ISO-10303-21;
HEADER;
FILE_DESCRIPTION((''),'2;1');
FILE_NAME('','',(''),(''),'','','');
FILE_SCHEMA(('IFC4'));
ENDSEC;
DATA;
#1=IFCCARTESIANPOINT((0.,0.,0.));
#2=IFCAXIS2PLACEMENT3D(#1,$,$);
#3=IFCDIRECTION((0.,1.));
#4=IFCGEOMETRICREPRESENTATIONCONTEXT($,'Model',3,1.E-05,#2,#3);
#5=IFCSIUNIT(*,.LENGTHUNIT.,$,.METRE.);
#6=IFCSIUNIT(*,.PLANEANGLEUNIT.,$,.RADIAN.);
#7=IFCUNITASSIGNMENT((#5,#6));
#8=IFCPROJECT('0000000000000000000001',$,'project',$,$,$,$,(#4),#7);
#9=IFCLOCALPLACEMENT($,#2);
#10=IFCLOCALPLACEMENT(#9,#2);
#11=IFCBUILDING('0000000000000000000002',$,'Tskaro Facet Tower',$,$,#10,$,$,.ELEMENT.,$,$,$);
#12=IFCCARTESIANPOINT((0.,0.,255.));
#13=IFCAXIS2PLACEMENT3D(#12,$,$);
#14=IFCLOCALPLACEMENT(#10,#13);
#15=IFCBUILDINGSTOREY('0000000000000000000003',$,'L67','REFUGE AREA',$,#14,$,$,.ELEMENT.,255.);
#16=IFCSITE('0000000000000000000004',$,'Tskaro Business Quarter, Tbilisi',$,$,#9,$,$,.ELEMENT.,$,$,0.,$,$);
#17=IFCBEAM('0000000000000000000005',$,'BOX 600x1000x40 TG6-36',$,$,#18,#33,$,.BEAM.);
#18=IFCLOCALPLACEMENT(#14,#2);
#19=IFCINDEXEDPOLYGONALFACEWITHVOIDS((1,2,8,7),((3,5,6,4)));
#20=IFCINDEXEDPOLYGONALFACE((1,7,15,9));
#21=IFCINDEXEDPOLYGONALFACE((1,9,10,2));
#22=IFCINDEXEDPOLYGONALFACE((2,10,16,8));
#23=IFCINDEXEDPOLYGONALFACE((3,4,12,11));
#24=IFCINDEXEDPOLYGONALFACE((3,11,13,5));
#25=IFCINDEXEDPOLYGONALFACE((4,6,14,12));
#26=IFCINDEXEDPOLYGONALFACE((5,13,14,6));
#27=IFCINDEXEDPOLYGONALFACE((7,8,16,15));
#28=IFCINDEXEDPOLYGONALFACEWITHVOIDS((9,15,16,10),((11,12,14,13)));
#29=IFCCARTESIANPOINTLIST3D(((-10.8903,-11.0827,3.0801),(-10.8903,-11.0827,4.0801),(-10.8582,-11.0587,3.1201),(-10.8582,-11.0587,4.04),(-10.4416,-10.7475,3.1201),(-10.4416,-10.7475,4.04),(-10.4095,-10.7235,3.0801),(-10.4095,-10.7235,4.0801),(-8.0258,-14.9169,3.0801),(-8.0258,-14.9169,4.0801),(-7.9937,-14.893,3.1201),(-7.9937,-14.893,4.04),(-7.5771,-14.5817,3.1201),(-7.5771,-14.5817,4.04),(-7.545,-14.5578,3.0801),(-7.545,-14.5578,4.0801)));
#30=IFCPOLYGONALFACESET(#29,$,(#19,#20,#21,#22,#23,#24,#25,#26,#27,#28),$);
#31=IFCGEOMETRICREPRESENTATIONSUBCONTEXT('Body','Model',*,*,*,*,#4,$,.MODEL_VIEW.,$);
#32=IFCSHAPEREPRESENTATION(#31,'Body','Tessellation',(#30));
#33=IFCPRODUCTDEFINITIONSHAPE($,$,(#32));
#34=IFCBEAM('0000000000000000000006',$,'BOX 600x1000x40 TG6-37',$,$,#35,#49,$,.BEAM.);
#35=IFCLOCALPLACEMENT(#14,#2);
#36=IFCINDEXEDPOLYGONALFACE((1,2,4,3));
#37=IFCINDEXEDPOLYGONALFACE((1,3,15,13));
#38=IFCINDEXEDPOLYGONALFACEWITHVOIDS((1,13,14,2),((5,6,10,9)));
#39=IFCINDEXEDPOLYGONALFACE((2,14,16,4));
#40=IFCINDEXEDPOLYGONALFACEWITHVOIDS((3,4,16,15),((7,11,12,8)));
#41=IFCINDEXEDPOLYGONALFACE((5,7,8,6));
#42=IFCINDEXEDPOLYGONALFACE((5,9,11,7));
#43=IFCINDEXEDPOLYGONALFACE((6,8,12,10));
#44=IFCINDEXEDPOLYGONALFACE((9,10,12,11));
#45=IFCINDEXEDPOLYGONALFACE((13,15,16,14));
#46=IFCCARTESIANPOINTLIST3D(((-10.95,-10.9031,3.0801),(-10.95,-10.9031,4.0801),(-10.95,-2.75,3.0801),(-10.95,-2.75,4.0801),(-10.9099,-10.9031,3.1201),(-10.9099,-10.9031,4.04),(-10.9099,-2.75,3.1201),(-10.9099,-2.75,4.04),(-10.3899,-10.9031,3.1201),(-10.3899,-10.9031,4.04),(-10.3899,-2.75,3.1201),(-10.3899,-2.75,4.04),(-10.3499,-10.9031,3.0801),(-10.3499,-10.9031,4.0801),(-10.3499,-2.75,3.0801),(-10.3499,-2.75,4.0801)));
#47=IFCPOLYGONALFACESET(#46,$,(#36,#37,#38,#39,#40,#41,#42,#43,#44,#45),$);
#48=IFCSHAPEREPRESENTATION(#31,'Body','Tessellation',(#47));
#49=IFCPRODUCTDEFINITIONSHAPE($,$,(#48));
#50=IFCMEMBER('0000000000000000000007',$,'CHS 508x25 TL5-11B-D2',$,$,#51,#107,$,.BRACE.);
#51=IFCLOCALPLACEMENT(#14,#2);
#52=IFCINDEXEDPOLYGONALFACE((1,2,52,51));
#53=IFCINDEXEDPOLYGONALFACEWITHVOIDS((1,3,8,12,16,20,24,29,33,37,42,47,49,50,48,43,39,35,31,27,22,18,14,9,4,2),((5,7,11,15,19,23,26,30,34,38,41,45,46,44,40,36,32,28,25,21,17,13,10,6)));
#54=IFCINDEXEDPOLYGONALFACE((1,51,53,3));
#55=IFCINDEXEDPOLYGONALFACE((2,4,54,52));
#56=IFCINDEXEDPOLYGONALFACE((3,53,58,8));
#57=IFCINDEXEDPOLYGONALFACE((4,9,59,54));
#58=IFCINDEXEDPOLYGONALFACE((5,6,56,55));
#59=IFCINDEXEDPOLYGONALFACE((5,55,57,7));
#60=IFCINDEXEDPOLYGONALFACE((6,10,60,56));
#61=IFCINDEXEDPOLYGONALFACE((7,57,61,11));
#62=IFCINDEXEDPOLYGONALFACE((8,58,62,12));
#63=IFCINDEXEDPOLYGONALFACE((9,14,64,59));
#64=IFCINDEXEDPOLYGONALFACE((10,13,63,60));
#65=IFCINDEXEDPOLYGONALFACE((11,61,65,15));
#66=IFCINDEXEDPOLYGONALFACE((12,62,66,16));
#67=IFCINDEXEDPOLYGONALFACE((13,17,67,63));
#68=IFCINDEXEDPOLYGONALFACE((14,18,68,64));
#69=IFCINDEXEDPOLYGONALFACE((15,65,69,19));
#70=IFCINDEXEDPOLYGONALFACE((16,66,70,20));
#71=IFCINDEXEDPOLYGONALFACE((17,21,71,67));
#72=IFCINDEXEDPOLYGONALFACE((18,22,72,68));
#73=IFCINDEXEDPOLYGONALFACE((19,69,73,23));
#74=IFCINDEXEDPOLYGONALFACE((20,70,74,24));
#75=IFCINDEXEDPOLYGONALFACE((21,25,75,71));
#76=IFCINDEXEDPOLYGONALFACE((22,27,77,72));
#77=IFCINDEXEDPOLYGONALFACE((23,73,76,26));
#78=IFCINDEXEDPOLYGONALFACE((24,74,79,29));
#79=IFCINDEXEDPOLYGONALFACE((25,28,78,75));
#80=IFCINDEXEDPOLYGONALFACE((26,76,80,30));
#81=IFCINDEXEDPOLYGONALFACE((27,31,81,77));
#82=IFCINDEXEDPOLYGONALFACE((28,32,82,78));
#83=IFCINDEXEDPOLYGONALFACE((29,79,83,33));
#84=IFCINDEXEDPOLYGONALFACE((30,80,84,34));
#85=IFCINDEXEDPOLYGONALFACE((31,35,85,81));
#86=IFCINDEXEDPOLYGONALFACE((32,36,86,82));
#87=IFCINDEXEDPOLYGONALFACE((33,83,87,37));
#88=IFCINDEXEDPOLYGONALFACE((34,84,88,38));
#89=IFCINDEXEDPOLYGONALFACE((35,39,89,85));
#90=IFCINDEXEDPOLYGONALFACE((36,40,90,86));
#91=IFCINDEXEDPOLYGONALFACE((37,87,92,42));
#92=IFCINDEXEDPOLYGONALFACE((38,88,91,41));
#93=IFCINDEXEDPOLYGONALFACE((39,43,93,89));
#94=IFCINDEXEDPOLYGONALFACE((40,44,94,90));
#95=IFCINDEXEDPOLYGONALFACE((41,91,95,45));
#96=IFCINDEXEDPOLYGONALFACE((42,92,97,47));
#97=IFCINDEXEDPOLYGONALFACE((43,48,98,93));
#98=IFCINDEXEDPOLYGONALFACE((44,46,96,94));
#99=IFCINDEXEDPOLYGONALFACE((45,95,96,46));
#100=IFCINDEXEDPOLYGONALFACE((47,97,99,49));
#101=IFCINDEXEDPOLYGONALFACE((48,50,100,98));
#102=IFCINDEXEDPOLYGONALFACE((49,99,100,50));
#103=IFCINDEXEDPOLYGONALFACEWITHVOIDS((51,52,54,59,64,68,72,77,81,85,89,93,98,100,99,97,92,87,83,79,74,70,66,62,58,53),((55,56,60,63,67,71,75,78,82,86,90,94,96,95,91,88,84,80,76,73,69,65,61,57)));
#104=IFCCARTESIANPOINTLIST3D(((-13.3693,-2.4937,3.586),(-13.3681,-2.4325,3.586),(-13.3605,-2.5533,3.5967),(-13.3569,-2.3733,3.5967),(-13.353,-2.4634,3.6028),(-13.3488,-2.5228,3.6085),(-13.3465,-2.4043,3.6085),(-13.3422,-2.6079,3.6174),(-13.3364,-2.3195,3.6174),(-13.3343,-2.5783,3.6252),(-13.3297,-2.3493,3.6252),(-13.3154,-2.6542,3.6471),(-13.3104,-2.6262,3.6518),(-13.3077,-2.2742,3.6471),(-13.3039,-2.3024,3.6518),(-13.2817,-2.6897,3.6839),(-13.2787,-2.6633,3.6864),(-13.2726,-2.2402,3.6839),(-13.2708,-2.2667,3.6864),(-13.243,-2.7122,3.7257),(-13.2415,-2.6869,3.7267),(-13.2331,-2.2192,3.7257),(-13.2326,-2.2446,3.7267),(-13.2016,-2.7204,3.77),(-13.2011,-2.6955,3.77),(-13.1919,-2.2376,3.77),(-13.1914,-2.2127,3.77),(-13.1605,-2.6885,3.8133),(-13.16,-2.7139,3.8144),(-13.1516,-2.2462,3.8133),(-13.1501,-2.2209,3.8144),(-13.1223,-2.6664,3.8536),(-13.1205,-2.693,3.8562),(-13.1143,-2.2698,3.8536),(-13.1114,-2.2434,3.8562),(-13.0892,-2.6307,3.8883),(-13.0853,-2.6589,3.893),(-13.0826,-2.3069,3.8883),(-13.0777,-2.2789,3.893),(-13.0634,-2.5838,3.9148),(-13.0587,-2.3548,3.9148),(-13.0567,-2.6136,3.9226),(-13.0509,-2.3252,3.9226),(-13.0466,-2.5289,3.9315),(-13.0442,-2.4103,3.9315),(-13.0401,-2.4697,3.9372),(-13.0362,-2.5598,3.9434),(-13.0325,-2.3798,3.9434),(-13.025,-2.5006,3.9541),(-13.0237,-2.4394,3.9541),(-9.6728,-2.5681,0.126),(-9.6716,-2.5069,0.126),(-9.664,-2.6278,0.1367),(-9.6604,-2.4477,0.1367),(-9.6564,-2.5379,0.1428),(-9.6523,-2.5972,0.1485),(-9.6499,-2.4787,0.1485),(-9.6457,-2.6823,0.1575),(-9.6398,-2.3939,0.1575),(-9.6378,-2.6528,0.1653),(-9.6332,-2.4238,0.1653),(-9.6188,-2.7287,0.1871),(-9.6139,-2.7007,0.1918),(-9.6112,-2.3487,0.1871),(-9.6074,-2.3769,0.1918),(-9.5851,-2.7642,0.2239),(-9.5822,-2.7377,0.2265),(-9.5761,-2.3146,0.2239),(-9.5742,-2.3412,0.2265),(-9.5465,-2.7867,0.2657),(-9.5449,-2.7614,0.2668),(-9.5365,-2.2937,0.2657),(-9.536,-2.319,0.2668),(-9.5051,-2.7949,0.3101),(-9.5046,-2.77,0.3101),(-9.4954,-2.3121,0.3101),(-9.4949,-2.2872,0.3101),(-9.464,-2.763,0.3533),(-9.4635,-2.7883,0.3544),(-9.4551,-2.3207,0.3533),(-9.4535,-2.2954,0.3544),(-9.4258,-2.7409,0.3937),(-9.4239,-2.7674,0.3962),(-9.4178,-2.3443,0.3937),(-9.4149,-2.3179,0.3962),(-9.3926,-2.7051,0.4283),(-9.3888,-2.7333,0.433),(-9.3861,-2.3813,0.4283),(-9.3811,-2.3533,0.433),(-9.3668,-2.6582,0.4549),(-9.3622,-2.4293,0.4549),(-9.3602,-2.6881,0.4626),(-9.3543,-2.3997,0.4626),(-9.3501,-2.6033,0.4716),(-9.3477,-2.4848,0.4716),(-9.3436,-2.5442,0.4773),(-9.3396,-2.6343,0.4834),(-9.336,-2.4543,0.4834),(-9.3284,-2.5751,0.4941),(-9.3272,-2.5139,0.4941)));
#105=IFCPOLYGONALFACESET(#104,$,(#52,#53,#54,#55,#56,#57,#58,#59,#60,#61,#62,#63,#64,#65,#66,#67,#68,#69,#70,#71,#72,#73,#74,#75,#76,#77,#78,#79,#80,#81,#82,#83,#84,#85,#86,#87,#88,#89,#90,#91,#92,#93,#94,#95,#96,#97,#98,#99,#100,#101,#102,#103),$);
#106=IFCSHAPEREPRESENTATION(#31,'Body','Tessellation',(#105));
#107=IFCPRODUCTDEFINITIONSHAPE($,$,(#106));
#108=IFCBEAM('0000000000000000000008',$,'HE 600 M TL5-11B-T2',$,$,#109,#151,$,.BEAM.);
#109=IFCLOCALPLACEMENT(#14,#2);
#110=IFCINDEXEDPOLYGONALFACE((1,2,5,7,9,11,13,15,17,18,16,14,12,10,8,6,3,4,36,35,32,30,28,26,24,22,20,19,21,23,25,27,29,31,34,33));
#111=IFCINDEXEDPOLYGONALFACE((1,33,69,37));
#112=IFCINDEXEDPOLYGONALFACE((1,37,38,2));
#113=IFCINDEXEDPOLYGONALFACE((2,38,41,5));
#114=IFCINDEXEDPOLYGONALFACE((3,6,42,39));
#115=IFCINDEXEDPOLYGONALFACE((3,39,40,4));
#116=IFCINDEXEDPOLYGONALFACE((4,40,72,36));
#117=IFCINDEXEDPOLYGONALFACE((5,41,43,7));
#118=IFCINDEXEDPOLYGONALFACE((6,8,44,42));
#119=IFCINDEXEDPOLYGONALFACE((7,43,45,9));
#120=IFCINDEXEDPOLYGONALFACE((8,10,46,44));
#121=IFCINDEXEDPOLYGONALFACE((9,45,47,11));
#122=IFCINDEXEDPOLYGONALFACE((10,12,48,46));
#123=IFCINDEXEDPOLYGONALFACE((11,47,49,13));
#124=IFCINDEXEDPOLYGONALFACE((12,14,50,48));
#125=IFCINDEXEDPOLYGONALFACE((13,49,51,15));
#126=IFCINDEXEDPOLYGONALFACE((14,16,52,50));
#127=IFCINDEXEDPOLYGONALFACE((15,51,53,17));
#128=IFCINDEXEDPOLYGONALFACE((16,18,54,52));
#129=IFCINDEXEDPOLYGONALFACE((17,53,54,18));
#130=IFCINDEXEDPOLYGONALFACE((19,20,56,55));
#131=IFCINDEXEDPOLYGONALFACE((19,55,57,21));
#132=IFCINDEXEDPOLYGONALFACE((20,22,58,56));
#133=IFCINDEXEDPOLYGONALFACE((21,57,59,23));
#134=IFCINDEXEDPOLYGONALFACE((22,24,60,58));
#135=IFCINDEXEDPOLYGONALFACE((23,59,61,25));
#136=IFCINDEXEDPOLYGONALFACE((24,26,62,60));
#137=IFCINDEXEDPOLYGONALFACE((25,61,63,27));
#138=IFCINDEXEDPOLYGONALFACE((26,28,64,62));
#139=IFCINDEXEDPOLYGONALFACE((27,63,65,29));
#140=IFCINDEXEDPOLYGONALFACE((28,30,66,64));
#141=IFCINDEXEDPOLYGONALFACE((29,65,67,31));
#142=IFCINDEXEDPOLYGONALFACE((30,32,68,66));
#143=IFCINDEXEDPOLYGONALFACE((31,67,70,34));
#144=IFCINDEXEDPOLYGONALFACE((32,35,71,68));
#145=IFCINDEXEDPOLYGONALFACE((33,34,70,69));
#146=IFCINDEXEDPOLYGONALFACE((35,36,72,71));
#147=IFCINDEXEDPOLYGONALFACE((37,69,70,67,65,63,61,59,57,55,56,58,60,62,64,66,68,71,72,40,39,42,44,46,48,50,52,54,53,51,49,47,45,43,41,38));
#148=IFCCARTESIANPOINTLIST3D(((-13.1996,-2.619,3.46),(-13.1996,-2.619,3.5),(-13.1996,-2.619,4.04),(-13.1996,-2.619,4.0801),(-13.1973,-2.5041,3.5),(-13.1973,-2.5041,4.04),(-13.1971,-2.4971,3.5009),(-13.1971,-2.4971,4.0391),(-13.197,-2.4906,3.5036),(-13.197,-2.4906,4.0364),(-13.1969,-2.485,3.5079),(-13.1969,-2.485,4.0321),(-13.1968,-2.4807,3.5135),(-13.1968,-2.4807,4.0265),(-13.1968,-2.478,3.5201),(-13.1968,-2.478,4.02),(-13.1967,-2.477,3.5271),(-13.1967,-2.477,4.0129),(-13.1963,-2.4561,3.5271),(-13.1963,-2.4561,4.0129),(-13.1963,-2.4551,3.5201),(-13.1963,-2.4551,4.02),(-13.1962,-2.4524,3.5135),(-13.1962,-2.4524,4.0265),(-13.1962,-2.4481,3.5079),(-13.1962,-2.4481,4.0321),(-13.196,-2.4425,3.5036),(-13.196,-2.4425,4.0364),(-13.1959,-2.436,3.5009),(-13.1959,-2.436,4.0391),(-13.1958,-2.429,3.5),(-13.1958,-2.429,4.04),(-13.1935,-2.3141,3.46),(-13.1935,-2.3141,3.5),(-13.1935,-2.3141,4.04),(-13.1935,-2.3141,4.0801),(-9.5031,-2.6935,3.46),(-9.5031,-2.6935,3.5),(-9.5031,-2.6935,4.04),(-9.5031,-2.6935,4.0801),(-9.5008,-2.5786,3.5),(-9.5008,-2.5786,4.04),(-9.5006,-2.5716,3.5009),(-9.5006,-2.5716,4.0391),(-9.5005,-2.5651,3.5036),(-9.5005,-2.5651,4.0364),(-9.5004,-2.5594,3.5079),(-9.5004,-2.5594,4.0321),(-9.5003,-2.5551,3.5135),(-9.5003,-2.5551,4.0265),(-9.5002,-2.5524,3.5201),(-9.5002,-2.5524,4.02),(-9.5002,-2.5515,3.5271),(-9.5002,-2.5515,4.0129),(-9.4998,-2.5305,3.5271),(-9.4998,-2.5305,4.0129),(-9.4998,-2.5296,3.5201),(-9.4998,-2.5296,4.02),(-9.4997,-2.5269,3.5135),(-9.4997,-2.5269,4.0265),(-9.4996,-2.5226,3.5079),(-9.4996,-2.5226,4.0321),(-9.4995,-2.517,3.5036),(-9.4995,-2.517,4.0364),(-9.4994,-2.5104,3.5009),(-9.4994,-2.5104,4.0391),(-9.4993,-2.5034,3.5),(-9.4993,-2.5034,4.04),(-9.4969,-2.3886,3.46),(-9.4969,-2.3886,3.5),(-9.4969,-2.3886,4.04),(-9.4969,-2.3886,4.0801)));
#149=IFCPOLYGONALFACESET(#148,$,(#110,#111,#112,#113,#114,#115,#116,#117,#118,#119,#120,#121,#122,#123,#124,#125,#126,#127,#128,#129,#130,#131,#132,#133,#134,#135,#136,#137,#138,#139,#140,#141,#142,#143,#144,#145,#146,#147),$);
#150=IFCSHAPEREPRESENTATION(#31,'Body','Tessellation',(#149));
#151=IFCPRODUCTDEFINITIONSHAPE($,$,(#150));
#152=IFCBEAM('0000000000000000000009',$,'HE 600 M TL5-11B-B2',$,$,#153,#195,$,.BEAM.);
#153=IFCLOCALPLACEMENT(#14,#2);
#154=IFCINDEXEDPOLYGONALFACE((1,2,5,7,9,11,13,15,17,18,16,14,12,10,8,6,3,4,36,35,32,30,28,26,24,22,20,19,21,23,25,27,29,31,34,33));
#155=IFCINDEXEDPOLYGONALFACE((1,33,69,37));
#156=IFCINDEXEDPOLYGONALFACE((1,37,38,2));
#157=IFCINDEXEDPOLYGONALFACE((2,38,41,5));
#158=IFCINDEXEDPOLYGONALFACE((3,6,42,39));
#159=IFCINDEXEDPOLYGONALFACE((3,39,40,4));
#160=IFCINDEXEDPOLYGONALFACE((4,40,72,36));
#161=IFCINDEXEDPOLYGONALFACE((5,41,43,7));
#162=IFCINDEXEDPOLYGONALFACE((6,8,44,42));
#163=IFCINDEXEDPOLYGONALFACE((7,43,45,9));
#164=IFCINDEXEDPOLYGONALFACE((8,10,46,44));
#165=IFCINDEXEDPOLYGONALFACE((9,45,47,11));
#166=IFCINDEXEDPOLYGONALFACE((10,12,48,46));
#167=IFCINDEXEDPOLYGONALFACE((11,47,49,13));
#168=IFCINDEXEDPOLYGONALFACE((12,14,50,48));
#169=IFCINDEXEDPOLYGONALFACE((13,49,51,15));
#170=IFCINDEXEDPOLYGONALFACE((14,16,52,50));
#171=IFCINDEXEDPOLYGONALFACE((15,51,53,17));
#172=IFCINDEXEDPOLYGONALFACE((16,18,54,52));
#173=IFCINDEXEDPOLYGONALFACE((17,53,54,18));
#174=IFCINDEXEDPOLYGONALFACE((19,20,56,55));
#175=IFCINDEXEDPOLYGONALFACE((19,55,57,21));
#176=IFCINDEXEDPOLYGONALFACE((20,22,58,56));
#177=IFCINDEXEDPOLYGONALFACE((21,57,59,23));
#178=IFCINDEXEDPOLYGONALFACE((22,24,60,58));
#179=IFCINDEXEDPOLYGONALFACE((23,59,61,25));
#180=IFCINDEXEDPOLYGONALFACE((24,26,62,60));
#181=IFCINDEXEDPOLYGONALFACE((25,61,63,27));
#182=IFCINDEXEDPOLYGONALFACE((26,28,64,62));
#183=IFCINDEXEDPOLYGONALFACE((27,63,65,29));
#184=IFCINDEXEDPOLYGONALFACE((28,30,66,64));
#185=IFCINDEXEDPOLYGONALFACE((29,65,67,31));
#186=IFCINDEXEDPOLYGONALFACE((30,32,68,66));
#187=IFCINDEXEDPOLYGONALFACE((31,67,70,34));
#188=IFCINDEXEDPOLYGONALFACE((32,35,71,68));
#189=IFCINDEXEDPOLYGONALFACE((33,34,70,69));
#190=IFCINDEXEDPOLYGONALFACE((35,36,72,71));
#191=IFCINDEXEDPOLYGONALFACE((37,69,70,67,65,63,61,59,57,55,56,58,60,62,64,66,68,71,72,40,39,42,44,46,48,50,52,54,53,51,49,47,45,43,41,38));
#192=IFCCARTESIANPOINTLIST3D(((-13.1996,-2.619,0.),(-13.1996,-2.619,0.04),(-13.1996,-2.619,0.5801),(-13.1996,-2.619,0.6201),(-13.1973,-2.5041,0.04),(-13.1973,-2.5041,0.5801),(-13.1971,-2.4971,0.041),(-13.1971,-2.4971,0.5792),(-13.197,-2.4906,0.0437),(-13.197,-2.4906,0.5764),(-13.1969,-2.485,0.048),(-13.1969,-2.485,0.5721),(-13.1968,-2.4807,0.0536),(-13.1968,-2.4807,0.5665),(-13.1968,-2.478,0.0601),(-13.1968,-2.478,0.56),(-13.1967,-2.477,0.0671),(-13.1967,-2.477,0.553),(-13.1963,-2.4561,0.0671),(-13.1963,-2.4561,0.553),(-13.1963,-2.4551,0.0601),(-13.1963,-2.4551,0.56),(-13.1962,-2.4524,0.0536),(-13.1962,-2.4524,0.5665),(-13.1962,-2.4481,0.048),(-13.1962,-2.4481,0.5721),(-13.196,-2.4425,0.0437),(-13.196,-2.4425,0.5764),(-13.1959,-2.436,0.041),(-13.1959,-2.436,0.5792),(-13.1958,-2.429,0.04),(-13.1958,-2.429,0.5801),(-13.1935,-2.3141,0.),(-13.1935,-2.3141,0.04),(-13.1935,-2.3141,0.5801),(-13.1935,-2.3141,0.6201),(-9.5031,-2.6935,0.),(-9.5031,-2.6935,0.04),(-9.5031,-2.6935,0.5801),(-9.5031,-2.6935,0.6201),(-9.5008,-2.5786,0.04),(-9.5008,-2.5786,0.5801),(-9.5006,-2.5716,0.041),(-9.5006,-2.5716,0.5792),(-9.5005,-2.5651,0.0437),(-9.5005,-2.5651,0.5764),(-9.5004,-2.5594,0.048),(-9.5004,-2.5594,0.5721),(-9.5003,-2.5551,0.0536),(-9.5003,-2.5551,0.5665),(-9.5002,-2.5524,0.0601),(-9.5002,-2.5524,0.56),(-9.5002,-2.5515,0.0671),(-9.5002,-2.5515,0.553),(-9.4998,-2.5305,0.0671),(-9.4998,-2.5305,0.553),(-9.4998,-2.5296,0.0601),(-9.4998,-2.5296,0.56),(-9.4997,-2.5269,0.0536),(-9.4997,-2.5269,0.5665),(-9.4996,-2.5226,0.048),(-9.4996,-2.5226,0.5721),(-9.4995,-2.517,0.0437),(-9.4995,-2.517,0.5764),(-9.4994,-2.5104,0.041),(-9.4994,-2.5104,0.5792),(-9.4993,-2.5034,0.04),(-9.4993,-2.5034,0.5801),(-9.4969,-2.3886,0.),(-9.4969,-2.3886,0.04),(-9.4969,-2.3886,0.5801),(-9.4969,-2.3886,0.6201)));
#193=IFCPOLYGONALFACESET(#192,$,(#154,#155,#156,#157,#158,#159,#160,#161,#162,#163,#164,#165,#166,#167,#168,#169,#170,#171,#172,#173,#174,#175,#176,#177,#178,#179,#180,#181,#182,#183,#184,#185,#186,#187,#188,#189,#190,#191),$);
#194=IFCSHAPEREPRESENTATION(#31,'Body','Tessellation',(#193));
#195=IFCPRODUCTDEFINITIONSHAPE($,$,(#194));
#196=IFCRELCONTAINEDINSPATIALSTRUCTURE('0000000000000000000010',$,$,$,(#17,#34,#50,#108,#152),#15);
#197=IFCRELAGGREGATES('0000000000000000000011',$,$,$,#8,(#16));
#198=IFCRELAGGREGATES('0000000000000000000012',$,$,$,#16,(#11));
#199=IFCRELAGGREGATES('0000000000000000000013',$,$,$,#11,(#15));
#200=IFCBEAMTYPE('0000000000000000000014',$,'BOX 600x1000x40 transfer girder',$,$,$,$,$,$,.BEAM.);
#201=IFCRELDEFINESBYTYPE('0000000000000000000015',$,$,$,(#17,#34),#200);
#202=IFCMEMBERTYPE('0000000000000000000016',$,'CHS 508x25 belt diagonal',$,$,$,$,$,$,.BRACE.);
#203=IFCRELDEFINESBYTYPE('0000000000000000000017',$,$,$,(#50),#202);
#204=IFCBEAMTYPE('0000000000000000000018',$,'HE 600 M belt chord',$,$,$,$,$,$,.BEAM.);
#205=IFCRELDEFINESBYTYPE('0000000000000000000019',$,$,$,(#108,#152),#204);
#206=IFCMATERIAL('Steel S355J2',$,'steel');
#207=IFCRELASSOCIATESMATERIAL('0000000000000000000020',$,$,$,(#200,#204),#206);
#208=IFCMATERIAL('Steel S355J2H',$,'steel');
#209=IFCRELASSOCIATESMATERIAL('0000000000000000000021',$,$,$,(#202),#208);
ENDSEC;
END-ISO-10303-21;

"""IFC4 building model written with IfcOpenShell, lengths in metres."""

from ifc_helpers import new_model, si_unit, direction, frame, origin, origin_2d, place, context, subcontext, project, spatial, hollow_rectangle, hollow_circle, i_section, extrude, material, material_profile, profile_set, type_object, element, save


model = new_model("IFC4")

# Units and contexts
model_context = context("Model", 3, precision=1e-05, world=origin(), true_north=direction((0.0, 1.0)))
body_context = subcontext(model_context, "Body", "Model", "MODEL_VIEW")
ifc_project = project(units=[si_unit("LENGTHUNIT", "METRE"), si_unit("PLANEANGLEUNIT", "RADIAN")], contexts=[model_context])

# Site, building, storey
site_placement = place(None, origin())
site = spatial("IfcSite", under=ifc_project, at=site_placement, Name="Tskaro Business Quarter, Tbilisi", CompositionType="ELEMENT", RefElevation=0.0)
building_placement = place(site_placement, origin())
building = spatial("IfcBuilding", under=site, at=building_placement, Name="Tskaro Facet Tower", CompositionType="ELEMENT")
storey_placement = place(building_placement, frame((0.0, 0.0, 255.0)))
storey = spatial("IfcBuildingStorey", under=building, at=storey_placement, Name="L67", Description="REFUGE AREA", CompositionType="ELEMENT", Elevation=255.0)

# Beams
ifc_material_1 = material(Name="Steel S355J2", Category="steel")
ifc_material_profile_1 = material_profile(ifc_material_1, hollow_rectangle(XDim=0.6001, YDim=1.0, WallThickness=0.04, at=origin_2d()), Name="BOX 600x1000x40")
ifc_profile_set_1 = profile_set([ifc_material_profile_1], Name="Steel S355J2")
beam_type_1 = type_object("IfcBeamType", Name="BOX 600x1000x40 transfer girder", PredefinedType="BEAM", material=ifc_profile_set_1)
beam_1_placement = place(storey_placement, frame((-10.6499, -10.9031, 3.5801), z_axis=(0.598505, -0.801119, 0.0), x_axis=(0.801119, 0.598505, 0.0)))
element("IfcBeam", 1, at=beam_1_placement, inside=storey, type_object=beam_type_1, Name="BOX 600x1000x40 TG6-36", PredefinedType="BEAM", context=body_context, shape_type="SweptSolid", body=[
    extrude(hollow_rectangle(XDim=0.6001, YDim=1.0, WallThickness=0.04, at=origin_2d()), origin(), (0.0, 0.0, 1.0), 4.7861),
])
beam_2_placement = place(storey_placement, frame((-10.6499, -2.75, 3.5801), z_axis=(0.0, -1.0, 0.0), x_axis=(1.0, 0.0, 0.0)))
element("IfcBeam", 2, at=beam_2_placement, inside=storey, type_object=beam_type_1, Name="BOX 600x1000x40 TG6-37", PredefinedType="BEAM", context=body_context, shape_type="SweptSolid", body=[
    extrude(hollow_rectangle(XDim=0.6001, YDim=1.0, WallThickness=0.04, at=origin_2d()), origin(), (0.0, 0.0, 1.0), 8.1531),
])

# Member
ifc_material_2 = material(Name="Steel S355J2H", Category="steel")
ifc_material_profile_2 = material_profile(ifc_material_2, hollow_circle(Radius=0.2539, WallThickness=0.0249, at=origin_2d()), Name="CHS 508x25")
ifc_profile_set_2 = profile_set([ifc_material_profile_2], Name="Steel S355J2H")
member_type_1 = type_object("IfcMemberType", Name="CHS 508x25 belt diagonal", PredefinedType="BRACE", material=ifc_profile_set_2)
member_1_placement = place(storey_placement, frame((-13.1965, -2.4666, 3.77), z_axis=(0.730004, -0.014705, -0.683285), x_axis=(0.02014, 0.999797, 0.0)))
element("IfcMember", 3, at=member_1_placement, inside=storey, type_object=member_type_1, Name="CHS 508x25 TL5-11B-D2", PredefinedType="BRACE", context=body_context, shape_type="SweptSolid", body=[
    extrude(hollow_circle(Radius=0.2539, WallThickness=0.0249, at=origin_2d()), origin(), (0.0, 0.0, 1.0), 5.0637),
])

# Beams
ifc_material_profile_3 = material_profile(ifc_material_1, i_section(OverallWidth=0.3049, OverallDepth=0.6201, WebThickness=0.021, FlangeThickness=0.04, FilletRadius=0.0271, at=origin_2d()), Name="HE 600 M")
ifc_profile_set_3 = profile_set([ifc_material_profile_3], Name="Steel S355J2")
beam_type_2 = type_object("IfcBeamType", Name="HE 600 M belt chord", PredefinedType="BEAM", material=ifc_profile_set_3)
for number, where, z_axis, x_axis, name in (
    (4, (-13.1965, -2.4666, 3.77), (0.999797, -0.02014, 0.0), (0.02014, 0.999797, 0.0), "HE 600 M TL5-11B-T2"),
    (5, (-13.1965, -2.4666, 0.3101), (0.999797, -0.02014, 0.0), (0.02014, 0.999797, 0.0), "HE 600 M TL5-11B-B2"),
):
    element("IfcBeam", number, at=place(storey_placement, frame(where, z_axis=z_axis, x_axis=x_axis)), inside=storey, type_object=beam_type_2, Name=name, PredefinedType="BEAM", context=body_context, shape_type="SweptSolid", body=[
        extrude(i_section(OverallWidth=0.3049, OverallDepth=0.6201, WebThickness=0.021, FlangeThickness=0.04, FilletRadius=0.0271, at=origin_2d()), origin(), (0.0, 0.0, 1.0), 3.6973),
    ])

save(model, "model.ifc")
